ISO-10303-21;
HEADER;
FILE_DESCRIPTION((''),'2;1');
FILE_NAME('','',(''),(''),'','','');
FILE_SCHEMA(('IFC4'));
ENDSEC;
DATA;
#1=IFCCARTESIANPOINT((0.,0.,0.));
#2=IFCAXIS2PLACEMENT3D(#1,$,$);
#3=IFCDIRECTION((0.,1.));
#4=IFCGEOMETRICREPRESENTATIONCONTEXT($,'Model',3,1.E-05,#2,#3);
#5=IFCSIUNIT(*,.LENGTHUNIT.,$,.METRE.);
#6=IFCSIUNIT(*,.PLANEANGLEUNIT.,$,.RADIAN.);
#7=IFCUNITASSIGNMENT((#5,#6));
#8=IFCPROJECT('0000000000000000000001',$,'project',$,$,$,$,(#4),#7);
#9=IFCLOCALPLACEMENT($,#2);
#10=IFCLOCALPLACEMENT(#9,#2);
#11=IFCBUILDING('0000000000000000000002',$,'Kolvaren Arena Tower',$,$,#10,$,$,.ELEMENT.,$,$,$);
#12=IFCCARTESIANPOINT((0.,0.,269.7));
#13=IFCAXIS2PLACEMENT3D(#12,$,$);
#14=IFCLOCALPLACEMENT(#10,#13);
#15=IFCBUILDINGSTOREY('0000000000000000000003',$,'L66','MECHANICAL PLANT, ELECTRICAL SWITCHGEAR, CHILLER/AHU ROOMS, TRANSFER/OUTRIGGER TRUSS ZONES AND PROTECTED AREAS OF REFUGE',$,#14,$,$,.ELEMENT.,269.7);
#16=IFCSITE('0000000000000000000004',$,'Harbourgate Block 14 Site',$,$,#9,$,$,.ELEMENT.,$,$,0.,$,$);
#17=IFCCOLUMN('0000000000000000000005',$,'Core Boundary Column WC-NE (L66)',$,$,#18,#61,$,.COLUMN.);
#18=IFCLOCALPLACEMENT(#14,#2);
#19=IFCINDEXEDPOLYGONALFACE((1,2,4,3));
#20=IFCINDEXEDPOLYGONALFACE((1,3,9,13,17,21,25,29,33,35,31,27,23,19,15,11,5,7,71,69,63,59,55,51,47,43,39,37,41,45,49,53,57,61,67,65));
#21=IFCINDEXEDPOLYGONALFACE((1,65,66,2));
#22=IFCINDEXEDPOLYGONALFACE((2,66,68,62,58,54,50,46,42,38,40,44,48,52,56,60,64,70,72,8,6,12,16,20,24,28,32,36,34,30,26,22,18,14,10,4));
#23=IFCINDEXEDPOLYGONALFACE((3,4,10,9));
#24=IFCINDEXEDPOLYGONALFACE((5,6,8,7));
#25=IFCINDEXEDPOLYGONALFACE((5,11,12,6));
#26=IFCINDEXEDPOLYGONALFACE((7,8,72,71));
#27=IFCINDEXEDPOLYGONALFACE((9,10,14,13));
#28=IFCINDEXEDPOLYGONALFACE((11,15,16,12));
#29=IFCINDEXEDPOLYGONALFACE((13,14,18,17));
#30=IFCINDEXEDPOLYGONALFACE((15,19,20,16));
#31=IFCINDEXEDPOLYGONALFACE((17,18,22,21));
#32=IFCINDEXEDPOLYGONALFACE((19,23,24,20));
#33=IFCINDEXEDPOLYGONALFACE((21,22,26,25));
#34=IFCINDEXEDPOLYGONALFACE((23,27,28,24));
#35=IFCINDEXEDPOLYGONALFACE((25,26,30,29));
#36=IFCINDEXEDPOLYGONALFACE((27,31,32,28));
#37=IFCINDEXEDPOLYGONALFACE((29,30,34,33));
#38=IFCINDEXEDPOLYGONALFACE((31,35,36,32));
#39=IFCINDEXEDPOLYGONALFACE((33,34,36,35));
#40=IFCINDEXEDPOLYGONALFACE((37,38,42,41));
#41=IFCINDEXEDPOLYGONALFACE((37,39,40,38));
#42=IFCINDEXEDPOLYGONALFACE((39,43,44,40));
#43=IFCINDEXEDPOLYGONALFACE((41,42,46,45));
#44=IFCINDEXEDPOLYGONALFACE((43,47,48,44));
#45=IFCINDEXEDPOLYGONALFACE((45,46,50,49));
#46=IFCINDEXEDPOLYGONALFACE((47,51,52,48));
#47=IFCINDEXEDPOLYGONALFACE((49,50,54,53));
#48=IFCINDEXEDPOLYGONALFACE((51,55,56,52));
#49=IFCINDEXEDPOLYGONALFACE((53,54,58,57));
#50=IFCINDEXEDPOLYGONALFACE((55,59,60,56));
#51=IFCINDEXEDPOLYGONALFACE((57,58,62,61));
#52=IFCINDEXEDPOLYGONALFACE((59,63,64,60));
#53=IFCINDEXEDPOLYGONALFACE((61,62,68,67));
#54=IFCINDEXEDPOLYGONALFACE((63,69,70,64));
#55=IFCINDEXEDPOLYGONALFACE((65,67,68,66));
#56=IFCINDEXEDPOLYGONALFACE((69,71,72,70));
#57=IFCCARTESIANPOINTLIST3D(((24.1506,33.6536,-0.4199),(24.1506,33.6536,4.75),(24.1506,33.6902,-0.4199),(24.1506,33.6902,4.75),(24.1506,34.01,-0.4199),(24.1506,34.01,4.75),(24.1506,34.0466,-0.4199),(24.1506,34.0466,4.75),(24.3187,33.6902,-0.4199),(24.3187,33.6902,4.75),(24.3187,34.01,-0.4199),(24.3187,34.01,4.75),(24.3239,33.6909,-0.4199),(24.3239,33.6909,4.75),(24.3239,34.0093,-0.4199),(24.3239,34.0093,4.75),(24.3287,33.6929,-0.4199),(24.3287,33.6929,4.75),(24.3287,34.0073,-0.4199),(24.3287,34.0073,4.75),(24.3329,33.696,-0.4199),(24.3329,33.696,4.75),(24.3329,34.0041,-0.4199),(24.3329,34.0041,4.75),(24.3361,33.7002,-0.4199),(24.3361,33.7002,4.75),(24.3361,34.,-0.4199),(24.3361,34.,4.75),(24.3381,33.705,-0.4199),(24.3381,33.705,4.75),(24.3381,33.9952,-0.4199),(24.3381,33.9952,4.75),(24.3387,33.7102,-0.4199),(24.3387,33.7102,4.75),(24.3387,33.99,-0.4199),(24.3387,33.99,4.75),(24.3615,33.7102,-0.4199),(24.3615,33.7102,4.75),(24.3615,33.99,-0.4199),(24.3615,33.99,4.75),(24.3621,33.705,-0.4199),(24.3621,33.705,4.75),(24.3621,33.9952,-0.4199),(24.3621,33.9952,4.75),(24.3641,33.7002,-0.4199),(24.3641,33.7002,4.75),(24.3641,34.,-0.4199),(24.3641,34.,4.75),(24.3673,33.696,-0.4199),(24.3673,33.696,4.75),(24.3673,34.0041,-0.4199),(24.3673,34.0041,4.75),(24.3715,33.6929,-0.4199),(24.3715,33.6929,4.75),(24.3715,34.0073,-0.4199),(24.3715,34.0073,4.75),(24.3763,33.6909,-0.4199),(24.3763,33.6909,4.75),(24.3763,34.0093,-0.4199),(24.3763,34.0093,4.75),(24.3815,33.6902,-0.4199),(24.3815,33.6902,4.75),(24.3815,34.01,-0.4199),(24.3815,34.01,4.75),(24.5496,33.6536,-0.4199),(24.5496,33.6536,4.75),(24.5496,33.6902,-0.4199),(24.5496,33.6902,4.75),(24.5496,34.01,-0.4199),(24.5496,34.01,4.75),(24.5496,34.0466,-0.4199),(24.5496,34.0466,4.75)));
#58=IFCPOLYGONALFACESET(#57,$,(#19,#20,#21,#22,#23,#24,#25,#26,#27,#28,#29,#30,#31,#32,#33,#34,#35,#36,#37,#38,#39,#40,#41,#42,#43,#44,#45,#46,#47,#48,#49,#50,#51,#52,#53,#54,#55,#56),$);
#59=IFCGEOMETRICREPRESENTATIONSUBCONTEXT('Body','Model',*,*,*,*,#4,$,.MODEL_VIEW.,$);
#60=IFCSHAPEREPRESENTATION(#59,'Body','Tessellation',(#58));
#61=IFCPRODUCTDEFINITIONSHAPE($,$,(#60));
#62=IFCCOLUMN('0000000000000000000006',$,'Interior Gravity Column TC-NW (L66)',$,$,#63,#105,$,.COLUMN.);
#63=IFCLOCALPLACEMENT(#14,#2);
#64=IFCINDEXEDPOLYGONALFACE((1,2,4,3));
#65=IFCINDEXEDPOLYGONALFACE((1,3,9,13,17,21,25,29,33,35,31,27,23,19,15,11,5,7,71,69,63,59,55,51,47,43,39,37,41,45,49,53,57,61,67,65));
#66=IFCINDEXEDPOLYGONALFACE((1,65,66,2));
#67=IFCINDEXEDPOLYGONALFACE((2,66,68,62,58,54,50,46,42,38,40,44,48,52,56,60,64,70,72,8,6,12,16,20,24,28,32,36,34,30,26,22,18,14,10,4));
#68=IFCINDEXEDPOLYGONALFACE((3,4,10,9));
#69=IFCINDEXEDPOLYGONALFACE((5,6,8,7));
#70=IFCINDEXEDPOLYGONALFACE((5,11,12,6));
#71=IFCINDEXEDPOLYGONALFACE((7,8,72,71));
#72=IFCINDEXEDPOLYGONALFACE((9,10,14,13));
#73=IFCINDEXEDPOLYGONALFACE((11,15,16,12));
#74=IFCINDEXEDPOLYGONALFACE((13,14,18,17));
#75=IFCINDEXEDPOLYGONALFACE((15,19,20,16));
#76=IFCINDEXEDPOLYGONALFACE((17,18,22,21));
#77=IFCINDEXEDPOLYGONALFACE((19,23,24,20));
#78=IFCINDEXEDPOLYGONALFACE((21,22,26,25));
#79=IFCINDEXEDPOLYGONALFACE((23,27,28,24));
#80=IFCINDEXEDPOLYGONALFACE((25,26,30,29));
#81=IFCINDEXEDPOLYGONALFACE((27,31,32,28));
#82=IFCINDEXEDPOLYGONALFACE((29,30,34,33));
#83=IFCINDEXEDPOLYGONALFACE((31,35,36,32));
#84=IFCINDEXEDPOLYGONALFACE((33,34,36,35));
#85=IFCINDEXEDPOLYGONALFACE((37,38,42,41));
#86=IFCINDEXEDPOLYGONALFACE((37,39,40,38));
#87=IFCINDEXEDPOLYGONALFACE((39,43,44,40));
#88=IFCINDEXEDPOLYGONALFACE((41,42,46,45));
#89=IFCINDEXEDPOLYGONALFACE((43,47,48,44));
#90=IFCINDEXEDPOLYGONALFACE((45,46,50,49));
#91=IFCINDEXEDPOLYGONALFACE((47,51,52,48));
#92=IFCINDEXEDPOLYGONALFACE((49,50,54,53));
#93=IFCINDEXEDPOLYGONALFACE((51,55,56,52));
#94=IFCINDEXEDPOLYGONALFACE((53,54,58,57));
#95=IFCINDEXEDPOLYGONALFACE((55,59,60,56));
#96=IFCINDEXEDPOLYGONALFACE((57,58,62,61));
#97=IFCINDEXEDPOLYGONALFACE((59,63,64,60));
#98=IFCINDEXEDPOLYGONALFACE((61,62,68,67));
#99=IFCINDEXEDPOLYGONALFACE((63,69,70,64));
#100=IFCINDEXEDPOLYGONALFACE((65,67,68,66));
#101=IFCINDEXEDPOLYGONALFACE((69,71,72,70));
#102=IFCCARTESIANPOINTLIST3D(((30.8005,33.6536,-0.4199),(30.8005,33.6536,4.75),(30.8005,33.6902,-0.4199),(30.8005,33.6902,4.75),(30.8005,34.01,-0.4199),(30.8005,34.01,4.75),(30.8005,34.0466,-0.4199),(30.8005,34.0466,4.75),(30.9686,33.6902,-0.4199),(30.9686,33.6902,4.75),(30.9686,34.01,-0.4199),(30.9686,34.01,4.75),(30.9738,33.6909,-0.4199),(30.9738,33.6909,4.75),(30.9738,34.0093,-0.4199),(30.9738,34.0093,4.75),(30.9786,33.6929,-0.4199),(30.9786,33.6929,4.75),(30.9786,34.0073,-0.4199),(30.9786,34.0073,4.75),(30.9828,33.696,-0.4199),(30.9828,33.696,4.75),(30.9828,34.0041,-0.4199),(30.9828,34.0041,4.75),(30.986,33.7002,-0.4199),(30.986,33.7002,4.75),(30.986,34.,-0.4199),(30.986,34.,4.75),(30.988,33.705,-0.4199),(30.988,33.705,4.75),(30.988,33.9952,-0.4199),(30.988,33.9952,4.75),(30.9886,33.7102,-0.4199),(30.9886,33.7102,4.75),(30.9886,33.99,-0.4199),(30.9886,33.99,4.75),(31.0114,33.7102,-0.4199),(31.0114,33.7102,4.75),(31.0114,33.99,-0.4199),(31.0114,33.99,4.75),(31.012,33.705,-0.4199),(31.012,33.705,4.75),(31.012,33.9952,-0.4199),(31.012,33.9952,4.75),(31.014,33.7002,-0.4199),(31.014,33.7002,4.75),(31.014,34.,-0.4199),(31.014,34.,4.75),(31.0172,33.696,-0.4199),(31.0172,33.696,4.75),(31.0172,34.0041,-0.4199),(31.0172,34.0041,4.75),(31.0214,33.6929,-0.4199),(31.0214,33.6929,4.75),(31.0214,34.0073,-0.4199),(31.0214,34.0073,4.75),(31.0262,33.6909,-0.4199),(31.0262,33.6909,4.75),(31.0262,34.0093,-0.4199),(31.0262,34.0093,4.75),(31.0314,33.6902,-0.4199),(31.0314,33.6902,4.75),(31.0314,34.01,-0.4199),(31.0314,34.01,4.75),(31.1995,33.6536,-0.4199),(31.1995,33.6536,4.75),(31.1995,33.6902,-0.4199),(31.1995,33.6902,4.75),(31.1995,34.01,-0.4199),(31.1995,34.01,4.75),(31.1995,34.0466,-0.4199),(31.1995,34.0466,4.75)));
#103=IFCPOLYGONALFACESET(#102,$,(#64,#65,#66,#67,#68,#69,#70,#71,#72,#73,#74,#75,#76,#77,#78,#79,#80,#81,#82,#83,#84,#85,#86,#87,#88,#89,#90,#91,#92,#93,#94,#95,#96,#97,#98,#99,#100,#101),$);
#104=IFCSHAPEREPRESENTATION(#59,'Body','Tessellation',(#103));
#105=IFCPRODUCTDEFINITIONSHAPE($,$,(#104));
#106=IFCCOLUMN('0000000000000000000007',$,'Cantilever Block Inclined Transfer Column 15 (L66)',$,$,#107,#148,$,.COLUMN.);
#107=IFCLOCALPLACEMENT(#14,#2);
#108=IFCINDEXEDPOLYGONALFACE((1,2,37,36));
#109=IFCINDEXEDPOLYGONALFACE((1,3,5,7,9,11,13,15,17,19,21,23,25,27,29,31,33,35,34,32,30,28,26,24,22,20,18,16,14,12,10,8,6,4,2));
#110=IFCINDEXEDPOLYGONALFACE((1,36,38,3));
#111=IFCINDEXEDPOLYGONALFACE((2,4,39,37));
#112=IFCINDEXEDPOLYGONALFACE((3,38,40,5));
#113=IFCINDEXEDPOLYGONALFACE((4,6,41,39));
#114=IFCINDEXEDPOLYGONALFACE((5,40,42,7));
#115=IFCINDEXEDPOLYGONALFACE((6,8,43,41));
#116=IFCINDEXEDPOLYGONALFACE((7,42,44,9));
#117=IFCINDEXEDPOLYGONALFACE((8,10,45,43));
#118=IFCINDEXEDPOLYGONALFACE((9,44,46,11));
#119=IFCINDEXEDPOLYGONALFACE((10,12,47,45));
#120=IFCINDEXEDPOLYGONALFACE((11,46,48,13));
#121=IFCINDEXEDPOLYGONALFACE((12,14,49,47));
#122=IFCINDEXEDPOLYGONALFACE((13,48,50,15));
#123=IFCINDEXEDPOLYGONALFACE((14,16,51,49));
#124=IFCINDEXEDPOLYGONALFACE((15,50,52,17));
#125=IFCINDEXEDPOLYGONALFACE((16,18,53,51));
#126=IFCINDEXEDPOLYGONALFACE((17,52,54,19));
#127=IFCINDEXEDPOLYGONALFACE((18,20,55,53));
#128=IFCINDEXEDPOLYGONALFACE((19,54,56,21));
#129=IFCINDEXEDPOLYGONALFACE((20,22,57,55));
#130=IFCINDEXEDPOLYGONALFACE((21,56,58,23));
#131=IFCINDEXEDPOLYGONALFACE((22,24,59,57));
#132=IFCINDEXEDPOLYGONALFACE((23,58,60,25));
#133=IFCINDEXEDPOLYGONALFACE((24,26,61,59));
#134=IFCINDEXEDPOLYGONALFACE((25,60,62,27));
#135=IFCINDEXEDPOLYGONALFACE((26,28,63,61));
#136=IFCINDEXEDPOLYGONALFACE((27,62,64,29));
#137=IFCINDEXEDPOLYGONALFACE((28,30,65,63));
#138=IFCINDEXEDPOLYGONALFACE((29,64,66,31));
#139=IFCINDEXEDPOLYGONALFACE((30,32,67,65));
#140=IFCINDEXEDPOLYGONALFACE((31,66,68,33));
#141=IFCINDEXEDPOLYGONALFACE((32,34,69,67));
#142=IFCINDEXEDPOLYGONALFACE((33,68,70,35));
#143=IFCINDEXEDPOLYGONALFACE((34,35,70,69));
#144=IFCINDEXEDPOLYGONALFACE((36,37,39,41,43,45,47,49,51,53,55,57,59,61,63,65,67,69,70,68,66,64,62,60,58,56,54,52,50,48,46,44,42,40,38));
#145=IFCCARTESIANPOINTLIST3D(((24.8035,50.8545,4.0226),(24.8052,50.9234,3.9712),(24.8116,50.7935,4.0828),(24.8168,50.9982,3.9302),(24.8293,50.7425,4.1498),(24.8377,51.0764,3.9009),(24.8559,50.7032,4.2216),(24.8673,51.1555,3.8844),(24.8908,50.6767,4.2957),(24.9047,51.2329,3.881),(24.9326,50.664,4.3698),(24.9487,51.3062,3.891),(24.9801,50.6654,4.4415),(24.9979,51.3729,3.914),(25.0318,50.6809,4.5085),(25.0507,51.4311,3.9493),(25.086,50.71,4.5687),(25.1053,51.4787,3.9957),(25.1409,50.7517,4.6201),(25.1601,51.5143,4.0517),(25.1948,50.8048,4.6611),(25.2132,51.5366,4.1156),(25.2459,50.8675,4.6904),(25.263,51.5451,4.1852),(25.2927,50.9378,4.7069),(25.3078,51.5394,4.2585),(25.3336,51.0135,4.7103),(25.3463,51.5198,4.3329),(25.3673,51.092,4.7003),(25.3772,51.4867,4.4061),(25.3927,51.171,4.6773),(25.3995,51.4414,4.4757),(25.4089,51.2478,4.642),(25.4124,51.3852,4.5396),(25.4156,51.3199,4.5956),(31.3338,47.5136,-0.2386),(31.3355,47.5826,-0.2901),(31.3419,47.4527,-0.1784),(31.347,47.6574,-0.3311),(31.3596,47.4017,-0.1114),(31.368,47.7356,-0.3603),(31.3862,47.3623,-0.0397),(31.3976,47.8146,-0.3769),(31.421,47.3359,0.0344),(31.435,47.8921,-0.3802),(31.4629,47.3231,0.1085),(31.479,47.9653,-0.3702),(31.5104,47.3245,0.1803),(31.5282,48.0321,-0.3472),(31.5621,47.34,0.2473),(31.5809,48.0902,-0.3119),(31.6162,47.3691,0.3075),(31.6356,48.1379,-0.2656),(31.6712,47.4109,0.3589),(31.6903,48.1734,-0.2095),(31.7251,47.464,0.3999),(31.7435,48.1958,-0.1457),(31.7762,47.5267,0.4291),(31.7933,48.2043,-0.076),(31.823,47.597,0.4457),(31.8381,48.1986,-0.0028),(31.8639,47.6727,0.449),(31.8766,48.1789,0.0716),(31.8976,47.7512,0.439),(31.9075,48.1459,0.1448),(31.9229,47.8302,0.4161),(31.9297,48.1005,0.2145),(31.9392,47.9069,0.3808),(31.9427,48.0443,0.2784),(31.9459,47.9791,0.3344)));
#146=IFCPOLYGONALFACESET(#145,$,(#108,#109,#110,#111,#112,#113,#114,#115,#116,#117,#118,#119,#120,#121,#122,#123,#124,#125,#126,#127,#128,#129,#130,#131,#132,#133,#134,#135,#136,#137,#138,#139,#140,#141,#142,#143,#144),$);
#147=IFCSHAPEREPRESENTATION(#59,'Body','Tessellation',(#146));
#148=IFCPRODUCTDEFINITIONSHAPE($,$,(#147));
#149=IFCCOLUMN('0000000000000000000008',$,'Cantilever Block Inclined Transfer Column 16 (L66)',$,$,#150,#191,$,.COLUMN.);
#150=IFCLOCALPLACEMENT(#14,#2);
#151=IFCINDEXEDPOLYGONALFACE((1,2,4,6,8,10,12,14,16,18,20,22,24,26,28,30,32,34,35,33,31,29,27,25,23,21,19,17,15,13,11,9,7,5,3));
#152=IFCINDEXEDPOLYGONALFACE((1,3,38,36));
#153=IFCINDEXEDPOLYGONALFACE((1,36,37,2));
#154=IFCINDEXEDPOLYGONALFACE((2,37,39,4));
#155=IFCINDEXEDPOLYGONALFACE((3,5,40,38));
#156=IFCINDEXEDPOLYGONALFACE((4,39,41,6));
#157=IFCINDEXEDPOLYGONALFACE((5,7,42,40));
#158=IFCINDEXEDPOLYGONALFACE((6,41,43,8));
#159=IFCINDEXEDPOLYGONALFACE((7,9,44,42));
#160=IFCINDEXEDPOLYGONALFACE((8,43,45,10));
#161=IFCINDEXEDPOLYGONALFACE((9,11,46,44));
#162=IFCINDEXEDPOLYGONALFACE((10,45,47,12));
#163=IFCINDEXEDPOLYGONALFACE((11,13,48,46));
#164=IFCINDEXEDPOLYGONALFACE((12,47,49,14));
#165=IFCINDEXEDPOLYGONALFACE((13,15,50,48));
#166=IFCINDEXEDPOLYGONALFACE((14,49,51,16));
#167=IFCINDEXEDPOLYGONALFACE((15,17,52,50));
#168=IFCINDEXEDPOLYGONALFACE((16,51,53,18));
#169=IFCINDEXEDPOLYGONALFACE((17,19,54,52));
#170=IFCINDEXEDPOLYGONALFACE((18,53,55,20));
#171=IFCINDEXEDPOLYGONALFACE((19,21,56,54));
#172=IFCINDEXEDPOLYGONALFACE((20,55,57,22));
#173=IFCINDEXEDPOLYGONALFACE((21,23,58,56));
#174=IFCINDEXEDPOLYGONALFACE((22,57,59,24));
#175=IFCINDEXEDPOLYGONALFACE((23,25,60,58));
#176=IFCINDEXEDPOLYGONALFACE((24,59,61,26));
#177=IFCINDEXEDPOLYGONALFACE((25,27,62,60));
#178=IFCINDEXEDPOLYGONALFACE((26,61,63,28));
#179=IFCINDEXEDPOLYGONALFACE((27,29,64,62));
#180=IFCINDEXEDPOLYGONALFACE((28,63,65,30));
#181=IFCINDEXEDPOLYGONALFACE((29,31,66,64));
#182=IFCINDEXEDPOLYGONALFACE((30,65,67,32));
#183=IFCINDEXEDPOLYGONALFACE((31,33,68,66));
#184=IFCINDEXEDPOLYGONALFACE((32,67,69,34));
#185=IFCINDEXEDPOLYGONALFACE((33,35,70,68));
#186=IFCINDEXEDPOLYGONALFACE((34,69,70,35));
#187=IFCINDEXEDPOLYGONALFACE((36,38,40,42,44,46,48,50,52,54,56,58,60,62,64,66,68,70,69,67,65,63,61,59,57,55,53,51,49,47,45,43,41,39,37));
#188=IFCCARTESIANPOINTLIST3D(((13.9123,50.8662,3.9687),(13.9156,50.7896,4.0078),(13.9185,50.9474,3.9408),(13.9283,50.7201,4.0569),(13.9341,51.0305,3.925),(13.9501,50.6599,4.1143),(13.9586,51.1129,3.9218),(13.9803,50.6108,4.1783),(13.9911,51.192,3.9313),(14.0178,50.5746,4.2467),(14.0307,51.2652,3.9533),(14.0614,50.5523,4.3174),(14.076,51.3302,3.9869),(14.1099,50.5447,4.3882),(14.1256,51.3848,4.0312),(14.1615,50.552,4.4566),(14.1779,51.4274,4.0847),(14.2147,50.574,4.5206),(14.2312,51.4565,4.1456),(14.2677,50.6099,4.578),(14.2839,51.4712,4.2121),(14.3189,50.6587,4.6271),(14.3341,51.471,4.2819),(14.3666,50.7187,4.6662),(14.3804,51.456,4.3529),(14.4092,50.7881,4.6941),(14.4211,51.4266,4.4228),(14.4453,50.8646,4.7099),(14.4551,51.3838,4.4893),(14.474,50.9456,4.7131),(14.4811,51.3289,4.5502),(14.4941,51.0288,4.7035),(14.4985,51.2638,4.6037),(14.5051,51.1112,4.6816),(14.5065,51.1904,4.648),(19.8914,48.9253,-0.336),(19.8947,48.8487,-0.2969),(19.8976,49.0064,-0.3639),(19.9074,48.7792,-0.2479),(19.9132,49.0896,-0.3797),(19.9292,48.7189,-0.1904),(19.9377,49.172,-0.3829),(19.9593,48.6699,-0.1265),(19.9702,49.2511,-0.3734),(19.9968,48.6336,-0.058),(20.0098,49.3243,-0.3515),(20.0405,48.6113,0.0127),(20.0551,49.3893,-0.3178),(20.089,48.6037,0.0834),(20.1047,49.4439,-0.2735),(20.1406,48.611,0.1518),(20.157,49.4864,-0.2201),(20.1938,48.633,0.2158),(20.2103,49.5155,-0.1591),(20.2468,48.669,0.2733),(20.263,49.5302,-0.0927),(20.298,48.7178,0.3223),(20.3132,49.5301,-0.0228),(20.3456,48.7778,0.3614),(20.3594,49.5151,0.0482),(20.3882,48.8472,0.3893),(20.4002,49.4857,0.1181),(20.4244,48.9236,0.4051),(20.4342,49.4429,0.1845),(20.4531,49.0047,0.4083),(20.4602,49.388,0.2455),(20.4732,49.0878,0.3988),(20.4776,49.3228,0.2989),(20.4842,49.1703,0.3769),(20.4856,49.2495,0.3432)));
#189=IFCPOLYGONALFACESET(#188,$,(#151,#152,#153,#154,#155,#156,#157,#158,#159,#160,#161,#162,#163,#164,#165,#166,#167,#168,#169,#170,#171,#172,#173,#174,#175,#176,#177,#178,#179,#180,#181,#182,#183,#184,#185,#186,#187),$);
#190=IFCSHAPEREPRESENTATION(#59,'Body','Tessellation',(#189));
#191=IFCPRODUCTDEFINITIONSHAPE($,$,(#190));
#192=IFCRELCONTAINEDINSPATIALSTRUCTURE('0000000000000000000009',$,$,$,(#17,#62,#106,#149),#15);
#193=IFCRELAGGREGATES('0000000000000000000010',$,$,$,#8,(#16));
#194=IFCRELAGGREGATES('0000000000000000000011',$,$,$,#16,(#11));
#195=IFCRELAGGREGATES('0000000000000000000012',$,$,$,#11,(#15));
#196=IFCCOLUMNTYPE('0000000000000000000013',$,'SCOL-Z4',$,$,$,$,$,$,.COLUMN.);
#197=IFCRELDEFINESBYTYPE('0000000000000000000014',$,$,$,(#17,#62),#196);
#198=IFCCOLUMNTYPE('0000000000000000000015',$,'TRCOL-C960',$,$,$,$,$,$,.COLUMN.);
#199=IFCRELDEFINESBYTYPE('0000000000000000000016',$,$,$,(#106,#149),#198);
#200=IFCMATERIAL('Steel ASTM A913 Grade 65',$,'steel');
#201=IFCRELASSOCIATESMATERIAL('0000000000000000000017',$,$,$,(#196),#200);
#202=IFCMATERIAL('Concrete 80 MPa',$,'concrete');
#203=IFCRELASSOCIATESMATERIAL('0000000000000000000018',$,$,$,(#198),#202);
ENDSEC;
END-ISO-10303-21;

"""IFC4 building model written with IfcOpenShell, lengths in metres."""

from ifc_helpers import new_model, si_unit, direction, frame, origin, origin_2d, place, context, subcontext, project, spatial, circle, i_section, extrude, material, material_profile, profile_set, type_object, element, save


model = new_model("IFC4")

# Units and contexts
model_context = context("Model", 3, precision=1e-05, world=origin(), true_north=direction((0.0, 1.0)))
body_context = subcontext(model_context, "Body", "Model", "MODEL_VIEW")
ifc_project = project(units=[si_unit("LENGTHUNIT", "METRE"), si_unit("PLANEANGLEUNIT", "RADIAN")], contexts=[model_context])

# Site, building, storey
site_placement = place(None, origin())
site = spatial("IfcSite", under=ifc_project, at=site_placement, Name="Harbourgate Block 14 Site", CompositionType="ELEMENT", RefElevation=0.0)
building_placement = place(site_placement, origin())
building = spatial("IfcBuilding", under=site, at=building_placement, Name="Kolvaren Arena Tower", CompositionType="ELEMENT")
storey_placement = place(building_placement, frame((0.0, 0.0, 269.7)))
storey = spatial("IfcBuildingStorey", under=building, at=storey_placement, Name="L66", Description="MECHANICAL PLANT, ELECTRICAL SWITCHGEAR, CHILLER/AHU ROOMS, TRANSFER/OUTRIGGER TRUSS ZONES AND PROTECTED AREAS OF REFUGE", CompositionType="ELEMENT", Elevation=269.7)

# Columns
ifc_material_1 = material(Name="Steel ASTM A913 Grade 65", Category="steel")
ifc_material_profile_1 = material_profile(ifc_material_1, i_section(OverallWidth=0.3989, OverallDepth=0.3931, WebThickness=0.0227, FlangeThickness=0.0366, FilletRadius=0.02, at=origin_2d()), Name="W360x287")
ifc_profile_set_1 = profile_set([ifc_material_profile_1], Name="Steel ASTM A913 Grade 65")
column_type_1 = type_object("IfcColumnType", Name="SCOL-Z4", PredefinedType="COLUMN", material=ifc_profile_set_1)
for number, where, z_axis, x_axis, name in (
    (1, (24.3501, 33.8501, -0.4199), (0.0, 0.0, 1.0), (1.0, 0.0, 0.0), "Core Boundary Column WC-NE (L66)"),
    (2, (31.0, 33.8501, -0.4199), (0.0, 0.0, 1.0), (1.0, 0.0, 0.0), "Interior Gravity Column TC-NW (L66)"),
):
    element("IfcColumn", number, at=place(storey_placement, frame(where, z_axis=z_axis, x_axis=x_axis)), inside=storey, type_object=column_type_1, Name=name, PredefinedType="COLUMN", context=body_context, shape_type="SweptSolid", body=[
        extrude(i_section(OverallWidth=0.3989, OverallDepth=0.3931, WebThickness=0.0227, FlangeThickness=0.0366, FilletRadius=0.02, at=origin_2d()), origin(), (0.0, 0.0, 1.0), 5.1699),
    ])
ifc_material_2 = material(Name="Concrete 80 MPa", Category="concrete")
ifc_material_profile_2 = material_profile(ifc_material_2, circle(Radius=0.48, at=origin_2d()), Name="RC-CIRC-960")
ifc_profile_set_2 = profile_set([ifc_material_profile_2], Name="Concrete 80 MPa")
column_type_2 = type_object("IfcColumnType", Name="TRCOL-C960", PredefinedType="COLUMN", material=ifc_profile_set_2)
column_1_placement = place(storey_placement, frame((31.6396, 47.7632, 0.0344), z_axis=(-0.769795, 0.393819, 0.502318), x_axis=(-0.455449, -0.890262, 0.0)))
element("IfcColumn", 3, at=column_1_placement, inside=storey, type_object=column_type_2, Name="Cantilever Block Inclined Transfer Column 15 (L66)", PredefinedType="COLUMN", context=body_context, shape_type="SweptSolid", body=[
    extrude(circle(Radius=0.48, at=origin_2d()), origin(), (0.0, 0.0, 1.0), 8.4832),
])
column_2_placement = place(storey_placement, frame((20.1887, 49.0679, 0.0127), z_axis=(-0.784771, 0.254754, 0.565009), x_axis=(-0.308761, -0.95114, 0.0)))
element("IfcColumn", 4, at=column_2_placement, inside=storey, type_object=column_type_2, Name="Cantilever Block Inclined Transfer Column 16 (L66)", PredefinedType="COLUMN", context=body_context, shape_type="SweptSolid", body=[
    extrude(circle(Radius=0.48, at=origin_2d()), origin(), (0.0, 0.0, 1.0), 7.6189),
])

save(model, "model.ifc")
